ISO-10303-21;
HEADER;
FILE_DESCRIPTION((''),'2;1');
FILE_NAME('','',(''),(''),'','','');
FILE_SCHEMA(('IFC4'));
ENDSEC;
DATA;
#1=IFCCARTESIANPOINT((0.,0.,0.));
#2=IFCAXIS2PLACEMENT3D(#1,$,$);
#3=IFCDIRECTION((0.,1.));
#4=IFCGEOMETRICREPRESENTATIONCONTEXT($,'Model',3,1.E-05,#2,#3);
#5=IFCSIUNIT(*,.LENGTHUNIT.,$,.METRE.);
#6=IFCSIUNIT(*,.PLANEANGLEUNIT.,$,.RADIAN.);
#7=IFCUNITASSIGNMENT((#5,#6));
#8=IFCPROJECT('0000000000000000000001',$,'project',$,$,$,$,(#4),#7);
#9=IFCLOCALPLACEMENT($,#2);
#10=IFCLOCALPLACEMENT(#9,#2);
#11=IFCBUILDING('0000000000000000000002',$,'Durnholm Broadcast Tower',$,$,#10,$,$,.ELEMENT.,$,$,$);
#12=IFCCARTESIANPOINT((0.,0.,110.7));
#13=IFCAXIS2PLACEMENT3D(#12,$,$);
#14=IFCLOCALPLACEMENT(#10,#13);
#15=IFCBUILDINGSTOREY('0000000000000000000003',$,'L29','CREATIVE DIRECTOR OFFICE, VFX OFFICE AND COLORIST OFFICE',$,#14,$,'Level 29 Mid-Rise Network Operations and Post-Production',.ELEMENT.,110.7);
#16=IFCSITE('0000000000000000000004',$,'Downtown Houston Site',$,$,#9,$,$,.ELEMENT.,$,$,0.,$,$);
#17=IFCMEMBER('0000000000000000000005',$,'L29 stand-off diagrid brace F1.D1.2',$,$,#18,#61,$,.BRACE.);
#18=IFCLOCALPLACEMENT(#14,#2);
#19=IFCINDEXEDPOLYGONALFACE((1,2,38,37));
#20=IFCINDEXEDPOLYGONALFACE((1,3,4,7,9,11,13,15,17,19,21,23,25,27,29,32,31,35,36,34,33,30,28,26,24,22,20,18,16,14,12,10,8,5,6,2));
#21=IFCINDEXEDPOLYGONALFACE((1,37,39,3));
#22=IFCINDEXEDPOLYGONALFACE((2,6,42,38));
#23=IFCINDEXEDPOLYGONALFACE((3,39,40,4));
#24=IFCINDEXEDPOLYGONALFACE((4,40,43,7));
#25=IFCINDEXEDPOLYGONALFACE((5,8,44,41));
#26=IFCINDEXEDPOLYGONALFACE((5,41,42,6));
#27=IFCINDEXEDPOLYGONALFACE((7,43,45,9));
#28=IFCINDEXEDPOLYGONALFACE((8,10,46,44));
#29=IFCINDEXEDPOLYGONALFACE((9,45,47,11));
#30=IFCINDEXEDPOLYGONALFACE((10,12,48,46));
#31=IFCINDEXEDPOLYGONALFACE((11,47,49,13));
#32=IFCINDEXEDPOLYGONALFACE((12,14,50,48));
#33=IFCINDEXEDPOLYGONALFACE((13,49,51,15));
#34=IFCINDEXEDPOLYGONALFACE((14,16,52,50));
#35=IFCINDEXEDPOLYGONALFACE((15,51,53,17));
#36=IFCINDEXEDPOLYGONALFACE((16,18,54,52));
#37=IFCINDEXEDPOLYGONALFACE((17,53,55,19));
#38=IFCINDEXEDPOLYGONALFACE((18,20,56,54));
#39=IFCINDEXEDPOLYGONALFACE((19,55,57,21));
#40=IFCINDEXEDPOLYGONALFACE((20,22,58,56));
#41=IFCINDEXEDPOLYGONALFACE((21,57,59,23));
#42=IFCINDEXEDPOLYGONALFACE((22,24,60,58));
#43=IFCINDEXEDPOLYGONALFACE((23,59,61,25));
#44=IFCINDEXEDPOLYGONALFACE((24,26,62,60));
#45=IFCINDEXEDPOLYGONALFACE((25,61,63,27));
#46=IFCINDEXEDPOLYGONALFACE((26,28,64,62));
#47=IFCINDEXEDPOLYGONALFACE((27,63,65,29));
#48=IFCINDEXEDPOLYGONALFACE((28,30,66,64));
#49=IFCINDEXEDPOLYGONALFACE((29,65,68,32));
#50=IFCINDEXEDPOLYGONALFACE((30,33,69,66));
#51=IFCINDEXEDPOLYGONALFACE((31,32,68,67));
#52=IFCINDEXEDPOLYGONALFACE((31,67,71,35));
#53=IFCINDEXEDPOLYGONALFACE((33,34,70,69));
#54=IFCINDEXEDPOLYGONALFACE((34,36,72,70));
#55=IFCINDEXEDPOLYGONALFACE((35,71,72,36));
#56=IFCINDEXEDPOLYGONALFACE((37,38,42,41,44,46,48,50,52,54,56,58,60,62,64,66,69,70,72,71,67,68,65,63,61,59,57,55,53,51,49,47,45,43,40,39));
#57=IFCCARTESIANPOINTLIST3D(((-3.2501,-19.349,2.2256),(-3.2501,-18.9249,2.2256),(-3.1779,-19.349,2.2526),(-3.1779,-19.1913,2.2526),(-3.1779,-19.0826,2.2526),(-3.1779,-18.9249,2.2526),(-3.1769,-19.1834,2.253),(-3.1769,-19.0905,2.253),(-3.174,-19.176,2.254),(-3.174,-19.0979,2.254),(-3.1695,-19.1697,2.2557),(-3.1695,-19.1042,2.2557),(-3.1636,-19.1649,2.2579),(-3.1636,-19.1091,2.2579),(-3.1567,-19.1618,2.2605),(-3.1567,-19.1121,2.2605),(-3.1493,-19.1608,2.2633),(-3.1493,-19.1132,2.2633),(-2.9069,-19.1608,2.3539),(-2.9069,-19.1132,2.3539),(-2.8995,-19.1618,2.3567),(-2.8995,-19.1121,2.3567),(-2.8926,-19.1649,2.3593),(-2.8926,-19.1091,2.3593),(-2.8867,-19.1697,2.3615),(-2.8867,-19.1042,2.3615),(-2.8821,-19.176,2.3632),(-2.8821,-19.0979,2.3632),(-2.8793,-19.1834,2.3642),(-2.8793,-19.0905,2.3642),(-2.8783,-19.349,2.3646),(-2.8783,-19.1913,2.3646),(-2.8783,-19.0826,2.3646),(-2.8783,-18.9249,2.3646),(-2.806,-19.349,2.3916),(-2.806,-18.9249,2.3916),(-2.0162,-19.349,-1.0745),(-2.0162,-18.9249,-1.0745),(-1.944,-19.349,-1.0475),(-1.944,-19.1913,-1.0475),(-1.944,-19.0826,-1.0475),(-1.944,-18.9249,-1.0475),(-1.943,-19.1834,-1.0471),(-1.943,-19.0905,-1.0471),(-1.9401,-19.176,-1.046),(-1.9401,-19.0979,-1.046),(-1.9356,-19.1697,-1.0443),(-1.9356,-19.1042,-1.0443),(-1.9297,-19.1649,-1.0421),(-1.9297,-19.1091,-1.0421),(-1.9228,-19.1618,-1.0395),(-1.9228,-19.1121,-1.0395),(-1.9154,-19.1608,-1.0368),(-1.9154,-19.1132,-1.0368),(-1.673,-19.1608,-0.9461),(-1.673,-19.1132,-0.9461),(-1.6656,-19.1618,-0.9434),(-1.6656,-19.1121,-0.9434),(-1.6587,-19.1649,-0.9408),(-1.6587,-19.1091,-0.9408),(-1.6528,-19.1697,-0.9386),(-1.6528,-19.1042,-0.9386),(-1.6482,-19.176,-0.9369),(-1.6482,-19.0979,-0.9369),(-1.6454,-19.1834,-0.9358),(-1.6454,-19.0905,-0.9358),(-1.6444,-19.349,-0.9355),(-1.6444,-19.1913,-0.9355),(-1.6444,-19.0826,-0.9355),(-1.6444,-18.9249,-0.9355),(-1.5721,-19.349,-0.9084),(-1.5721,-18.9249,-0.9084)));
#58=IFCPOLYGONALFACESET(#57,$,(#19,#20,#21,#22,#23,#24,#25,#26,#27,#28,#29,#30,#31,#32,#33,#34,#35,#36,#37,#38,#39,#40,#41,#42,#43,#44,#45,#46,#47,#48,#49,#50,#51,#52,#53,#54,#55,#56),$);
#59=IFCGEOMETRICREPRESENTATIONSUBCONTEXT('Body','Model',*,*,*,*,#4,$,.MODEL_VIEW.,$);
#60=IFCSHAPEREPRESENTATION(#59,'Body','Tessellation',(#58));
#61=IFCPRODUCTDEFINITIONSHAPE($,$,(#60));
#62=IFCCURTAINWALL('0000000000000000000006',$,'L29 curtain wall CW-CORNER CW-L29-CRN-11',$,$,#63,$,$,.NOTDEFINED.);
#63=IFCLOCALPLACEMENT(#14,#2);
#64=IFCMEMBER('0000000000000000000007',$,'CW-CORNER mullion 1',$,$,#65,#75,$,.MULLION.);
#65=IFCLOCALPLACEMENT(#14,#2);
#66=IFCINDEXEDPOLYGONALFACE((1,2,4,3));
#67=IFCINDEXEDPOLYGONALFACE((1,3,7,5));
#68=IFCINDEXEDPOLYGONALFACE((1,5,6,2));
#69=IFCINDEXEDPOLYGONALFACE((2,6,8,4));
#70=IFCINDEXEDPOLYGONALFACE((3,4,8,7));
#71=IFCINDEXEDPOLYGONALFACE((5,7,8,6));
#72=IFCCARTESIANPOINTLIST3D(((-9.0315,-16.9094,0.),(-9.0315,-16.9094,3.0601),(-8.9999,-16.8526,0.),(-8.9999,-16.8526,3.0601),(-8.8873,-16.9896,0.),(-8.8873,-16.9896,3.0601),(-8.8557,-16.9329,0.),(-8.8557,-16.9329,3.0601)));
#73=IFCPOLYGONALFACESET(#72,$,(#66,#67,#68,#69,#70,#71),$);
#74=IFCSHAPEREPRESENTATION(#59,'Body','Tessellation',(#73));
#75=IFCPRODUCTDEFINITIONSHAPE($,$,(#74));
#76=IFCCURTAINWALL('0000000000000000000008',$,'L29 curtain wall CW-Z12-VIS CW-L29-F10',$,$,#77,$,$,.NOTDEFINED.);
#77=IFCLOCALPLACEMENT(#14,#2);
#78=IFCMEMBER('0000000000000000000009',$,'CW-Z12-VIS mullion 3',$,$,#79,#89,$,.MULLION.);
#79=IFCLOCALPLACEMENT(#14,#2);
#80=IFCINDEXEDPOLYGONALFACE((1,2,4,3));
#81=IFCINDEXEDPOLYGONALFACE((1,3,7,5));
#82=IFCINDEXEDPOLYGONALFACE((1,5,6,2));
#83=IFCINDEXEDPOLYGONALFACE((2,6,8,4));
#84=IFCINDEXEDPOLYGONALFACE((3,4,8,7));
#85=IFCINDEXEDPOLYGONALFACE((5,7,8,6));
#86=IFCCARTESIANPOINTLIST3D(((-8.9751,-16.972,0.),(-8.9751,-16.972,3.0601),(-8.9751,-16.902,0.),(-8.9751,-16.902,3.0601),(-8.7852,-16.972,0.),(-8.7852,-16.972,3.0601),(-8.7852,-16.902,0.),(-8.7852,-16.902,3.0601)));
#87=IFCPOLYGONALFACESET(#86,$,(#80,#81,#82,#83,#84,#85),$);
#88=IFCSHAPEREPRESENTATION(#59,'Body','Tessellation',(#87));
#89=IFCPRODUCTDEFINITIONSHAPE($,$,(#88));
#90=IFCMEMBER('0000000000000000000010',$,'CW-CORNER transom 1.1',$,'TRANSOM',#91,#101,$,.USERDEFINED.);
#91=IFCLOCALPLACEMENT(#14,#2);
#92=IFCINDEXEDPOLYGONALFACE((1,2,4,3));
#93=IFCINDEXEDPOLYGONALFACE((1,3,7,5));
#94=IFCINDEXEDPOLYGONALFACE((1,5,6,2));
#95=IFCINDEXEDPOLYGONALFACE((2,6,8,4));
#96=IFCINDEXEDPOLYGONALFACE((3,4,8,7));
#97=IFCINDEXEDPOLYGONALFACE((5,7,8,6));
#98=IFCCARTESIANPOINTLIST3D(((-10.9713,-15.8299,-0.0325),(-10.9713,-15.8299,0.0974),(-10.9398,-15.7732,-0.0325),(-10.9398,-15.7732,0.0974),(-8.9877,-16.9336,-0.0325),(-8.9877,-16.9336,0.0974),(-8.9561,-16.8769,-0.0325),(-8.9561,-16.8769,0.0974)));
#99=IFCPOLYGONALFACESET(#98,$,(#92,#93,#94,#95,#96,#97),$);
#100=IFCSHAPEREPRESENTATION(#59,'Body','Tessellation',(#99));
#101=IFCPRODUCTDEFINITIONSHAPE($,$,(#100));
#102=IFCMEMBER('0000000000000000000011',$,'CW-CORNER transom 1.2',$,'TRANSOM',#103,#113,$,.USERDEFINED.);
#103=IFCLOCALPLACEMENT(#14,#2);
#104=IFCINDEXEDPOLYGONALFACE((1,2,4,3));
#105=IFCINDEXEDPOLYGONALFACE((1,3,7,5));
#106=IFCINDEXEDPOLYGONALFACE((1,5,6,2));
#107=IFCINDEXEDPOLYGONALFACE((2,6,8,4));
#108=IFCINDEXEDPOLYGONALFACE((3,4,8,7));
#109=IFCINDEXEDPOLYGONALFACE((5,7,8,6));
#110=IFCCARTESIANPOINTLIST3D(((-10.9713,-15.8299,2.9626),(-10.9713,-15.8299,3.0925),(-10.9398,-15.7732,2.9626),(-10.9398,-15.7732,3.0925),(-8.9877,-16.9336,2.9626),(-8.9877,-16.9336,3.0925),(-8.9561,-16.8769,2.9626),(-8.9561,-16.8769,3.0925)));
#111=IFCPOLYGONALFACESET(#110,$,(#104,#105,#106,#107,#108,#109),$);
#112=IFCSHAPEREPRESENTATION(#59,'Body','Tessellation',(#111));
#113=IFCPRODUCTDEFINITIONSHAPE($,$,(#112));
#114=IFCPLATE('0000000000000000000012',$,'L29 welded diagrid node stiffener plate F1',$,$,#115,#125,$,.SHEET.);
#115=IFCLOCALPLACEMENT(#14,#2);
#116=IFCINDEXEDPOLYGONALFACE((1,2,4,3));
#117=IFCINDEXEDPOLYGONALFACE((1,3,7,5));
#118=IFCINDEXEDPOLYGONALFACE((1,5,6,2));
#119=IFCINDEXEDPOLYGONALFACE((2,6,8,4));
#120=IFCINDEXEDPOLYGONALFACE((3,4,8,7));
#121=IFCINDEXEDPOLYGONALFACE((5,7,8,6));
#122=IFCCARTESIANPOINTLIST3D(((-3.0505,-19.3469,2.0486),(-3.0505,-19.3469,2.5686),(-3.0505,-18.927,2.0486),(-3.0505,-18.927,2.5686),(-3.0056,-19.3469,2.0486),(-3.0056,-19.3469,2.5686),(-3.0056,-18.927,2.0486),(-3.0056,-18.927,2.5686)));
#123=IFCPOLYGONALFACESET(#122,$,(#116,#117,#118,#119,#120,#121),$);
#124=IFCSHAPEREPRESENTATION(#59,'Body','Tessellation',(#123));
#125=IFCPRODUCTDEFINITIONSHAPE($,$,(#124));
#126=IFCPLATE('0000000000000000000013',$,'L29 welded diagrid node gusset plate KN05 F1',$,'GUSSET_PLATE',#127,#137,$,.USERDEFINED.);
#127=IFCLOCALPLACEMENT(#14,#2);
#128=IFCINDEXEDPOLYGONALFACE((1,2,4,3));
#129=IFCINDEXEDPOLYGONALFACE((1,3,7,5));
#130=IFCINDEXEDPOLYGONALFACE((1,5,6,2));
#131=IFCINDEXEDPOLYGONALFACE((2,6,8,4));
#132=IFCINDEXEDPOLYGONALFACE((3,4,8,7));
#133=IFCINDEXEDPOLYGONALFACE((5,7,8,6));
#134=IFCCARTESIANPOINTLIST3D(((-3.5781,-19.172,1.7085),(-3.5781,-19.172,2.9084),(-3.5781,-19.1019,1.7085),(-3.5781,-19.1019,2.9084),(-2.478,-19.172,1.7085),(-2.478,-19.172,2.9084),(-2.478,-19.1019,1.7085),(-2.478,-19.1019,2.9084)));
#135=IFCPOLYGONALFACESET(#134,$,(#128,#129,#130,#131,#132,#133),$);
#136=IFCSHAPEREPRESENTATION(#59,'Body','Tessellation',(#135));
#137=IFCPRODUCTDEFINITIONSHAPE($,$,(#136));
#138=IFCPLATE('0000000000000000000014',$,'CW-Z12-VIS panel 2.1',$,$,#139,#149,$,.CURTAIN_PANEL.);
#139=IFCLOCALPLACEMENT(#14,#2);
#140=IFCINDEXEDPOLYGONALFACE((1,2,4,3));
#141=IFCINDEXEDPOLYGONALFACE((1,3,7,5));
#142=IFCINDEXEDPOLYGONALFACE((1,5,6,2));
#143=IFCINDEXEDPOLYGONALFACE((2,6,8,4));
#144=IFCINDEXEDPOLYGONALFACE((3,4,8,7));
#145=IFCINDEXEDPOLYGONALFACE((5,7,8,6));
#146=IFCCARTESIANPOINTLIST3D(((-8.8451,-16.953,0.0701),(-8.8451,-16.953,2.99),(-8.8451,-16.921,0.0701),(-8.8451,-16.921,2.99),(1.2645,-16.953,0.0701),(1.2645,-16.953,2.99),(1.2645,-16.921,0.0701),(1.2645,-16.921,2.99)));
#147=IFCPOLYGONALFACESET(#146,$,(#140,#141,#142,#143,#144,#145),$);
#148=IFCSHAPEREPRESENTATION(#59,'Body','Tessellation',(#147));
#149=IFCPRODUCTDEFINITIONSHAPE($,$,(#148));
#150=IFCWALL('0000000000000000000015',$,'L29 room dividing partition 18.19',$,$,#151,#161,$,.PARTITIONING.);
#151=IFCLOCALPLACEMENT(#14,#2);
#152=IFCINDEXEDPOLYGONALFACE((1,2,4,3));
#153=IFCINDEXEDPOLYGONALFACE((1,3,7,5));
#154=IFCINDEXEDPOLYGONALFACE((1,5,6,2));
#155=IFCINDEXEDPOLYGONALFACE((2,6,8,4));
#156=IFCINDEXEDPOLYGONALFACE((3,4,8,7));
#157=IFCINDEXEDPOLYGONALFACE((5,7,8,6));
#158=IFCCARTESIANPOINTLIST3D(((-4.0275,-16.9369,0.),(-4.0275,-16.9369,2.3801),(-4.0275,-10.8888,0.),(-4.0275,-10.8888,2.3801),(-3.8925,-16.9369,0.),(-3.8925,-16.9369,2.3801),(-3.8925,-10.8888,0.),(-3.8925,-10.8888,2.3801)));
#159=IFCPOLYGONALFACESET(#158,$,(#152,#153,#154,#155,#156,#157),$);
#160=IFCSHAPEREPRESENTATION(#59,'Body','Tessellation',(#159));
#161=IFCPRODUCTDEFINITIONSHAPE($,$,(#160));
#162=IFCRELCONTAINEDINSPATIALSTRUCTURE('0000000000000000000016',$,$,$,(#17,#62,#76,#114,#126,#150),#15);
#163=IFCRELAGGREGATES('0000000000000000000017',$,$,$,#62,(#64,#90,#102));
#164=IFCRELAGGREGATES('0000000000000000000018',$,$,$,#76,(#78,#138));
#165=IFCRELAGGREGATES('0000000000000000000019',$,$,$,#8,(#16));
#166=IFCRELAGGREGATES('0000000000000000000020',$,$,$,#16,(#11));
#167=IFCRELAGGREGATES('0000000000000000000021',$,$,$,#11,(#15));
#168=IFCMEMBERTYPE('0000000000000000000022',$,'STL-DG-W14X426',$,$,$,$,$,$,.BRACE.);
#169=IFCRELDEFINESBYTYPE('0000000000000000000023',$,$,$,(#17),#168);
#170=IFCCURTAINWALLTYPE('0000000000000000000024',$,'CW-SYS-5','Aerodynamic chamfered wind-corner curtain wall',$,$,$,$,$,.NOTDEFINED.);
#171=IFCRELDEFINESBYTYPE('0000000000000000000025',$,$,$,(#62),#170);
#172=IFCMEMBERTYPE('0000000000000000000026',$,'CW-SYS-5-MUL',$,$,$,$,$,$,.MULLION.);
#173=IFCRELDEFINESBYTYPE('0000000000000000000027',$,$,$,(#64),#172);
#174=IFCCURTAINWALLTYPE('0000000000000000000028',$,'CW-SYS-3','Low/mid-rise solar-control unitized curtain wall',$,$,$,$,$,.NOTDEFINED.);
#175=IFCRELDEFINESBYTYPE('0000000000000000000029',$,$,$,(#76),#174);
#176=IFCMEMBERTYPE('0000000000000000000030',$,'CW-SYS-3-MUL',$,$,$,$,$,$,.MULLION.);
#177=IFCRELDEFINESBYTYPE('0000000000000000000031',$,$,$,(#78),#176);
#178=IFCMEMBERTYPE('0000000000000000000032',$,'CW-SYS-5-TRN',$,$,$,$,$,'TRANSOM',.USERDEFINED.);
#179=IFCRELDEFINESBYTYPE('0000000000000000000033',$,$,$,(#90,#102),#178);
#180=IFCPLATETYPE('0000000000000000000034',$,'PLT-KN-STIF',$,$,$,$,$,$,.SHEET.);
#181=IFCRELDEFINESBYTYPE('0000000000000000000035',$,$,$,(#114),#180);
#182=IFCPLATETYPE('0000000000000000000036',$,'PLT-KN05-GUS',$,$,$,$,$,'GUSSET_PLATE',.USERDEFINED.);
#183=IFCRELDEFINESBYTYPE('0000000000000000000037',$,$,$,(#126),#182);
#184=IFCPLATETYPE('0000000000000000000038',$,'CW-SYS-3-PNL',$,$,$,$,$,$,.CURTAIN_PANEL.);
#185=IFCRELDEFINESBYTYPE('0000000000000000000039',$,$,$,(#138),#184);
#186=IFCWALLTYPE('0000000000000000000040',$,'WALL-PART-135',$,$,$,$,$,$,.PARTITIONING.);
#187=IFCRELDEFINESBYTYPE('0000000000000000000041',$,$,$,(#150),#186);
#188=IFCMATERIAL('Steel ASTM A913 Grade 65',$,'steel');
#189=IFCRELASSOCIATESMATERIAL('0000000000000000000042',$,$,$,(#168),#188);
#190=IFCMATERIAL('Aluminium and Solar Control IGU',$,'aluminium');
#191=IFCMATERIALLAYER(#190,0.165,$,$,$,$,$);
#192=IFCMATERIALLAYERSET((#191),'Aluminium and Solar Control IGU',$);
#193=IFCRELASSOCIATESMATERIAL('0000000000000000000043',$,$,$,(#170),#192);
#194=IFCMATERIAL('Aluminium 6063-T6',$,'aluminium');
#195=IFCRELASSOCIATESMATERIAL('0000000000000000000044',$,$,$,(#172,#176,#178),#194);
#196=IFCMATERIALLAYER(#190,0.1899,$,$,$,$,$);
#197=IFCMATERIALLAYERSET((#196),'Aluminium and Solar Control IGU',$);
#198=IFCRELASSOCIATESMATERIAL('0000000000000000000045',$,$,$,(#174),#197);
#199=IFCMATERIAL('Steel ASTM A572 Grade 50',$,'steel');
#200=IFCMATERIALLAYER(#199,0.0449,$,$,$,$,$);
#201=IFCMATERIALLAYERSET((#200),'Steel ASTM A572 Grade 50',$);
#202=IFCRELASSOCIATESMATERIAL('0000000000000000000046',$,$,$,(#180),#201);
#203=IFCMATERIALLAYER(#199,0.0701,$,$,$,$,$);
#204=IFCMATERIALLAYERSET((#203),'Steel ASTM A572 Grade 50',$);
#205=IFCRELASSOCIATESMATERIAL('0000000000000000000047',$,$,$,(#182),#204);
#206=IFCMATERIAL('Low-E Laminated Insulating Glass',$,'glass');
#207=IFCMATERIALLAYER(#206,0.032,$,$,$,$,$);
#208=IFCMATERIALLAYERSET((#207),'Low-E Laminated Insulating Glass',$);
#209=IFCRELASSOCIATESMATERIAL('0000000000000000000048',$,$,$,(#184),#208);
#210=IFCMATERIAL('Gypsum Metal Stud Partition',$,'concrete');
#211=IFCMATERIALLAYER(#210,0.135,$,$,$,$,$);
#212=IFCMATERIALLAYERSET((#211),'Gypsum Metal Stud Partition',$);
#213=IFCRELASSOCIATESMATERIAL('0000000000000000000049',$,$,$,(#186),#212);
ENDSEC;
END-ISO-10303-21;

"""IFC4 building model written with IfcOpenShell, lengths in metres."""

from ifc_helpers import new_model, si_unit, direction, frame, frame_2d, origin, origin_2d, place, context, subcontext, project, spatial, rectangle, i_section, extrude, source, transform, mapped, material, layer, layer_set, material_profile, profile_set, type_object, type_shapes, element, aggregate, save


model = new_model("IFC4")

# Units and contexts
model_context = context("Model", 3, precision=1e-05, world=origin(), true_north=direction((0.0, 1.0)))
body_context = subcontext(model_context, "Body", "Model", "MODEL_VIEW")
ifc_project = project(units=[si_unit("LENGTHUNIT", "METRE"), si_unit("PLANEANGLEUNIT", "RADIAN")], contexts=[model_context])

# Site, building, storey
site_placement = place(None, origin())
site = spatial("IfcSite", under=ifc_project, at=site_placement, Name="Downtown Houston Site", CompositionType="ELEMENT", RefElevation=0.0)
building_placement = place(site_placement, origin())
building = spatial("IfcBuilding", under=site, at=building_placement, Name="Durnholm Broadcast Tower", CompositionType="ELEMENT")
storey_placement = place(building_placement, frame((0.0, 0.0, 110.7)))
storey = spatial("IfcBuildingStorey", under=building, at=storey_placement, Name="L29", Description="CREATIVE DIRECTOR OFFICE, VFX OFFICE AND COLORIST OFFICE", LongName="Level 29 Mid-Rise Network Operations and Post-Production", CompositionType="ELEMENT", Elevation=110.7)

# Member
ifc_material_1 = material(Name="Steel ASTM A913 Grade 65", Category="steel")
ifc_material_profile_1 = material_profile(ifc_material_1, i_section(OverallWidth=0.4241, OverallDepth=0.4741, WebThickness=0.0476, FlangeThickness=0.0771, FilletRadius=0.0305, at=origin_2d()), Name="W14X426")
ifc_profile_set_1 = profile_set([ifc_material_profile_1], Name="Steel ASTM A913 Grade 65")
member_type_1 = type_object("IfcMemberType", Name="STL-DG-W14X426", PredefinedType="BRACE", material=ifc_profile_set_1)
shared_shape_1 = source(origin(), body_context, "Body", "SweptSolid", [
    extrude(i_section(OverallWidth=0.4241, OverallDepth=0.4741, WebThickness=0.0476, FlangeThickness=0.0771, FilletRadius=0.0305, at=origin_2d()), origin(), (0.0, 0.0, 1.0), 3.5232),
])
type_shapes(member_type_1, [shared_shape_1])
for number, where, z_axis, x_axis, name in (
    (1, (-1.7942, -19.137, -0.9915), (-0.35022, 0.0, 0.936668), (0.0, -1.0, 0.0), "L29 stand-off diagrid brace F1.D1.2"),
):
    element("IfcMember", number, at=place(storey_placement, frame(where, z_axis=z_axis, x_axis=x_axis)), inside=storey, type_object=member_type_1, Name=name, PredefinedType="BRACE", context=body_context, shape_type="MappedRepresentation", body=[
        mapped(shared_shape_1, transform((0.0, 0.0, 0.0), x_axis=(1.0, 0.0, 0.0), y_axis=(0.0, 1.0, 0.0), z_axis=(0.0, 0.0, 1.0), scale=1.0)),
    ])

# Curtain walls, members
ifc_material_2 = material(Name="Aluminium and Solar Control IGU", Category="aluminium")
ifc_layer_1 = layer(ifc_material_2, 0.165)
ifc_layer_set_1 = layer_set([ifc_layer_1], Name="Aluminium and Solar Control IGU")
curtain_wall_type_1 = type_object("IfcCurtainWallType", Name="CW-SYS-5", Description="Aerodynamic chamfered wind-corner curtain wall", PredefinedType="NOTDEFINED", material=ifc_layer_set_1)
curtain_wall_1_placement = place(storey_placement, origin())
curtain_wall_1 = element("IfcCurtainWall", 2, at=curtain_wall_1_placement, inside=storey, type_object=curtain_wall_type_1, Name="L29 curtain wall CW-CORNER CW-L29-CRN-11", PredefinedType="NOTDEFINED")
ifc_material_3 = material(Name="Aluminium 6063-T6", Category="aluminium")
ifc_material_profile_2 = material_profile(ifc_material_3, rectangle(XDim=0.0649, YDim=0.165, at=origin_2d()), Name="CWM65X165")
ifc_profile_set_2 = profile_set([ifc_material_profile_2], Name="Aluminium 6063-T6")
member_type_2 = type_object("IfcMemberType", Name="CW-SYS-5-MUL", PredefinedType="MULLION", material=ifc_profile_set_2)
shared_shape_2 = source(origin(), body_context, "Body", "SweptSolid", [
    extrude(rectangle(XDim=0.0649, YDim=0.165, at=origin_2d()), origin(), (0.0, 0.0, 1.0), 3.0601),
])
type_shapes(member_type_2, [shared_shape_2])
member_1_placement = place(storey_placement, frame((-8.9436, -16.9211, 0.0), z_axis=(0.0, 0.0, 1.0), x_axis=(-0.486244, -0.873823, 0.0)))
member_1 = element("IfcMember", 3, at=member_1_placement, type_object=member_type_2, Name="CW-CORNER mullion 1", PredefinedType="MULLION", context=body_context, shape_type="MappedRepresentation", body=[
    mapped(shared_shape_2, transform((0.0, 0.0, 0.0), x_axis=(1.0, 0.0, 0.0), y_axis=(0.0, 1.0, 0.0), z_axis=(0.0, 0.0, 1.0), scale=1.0)),
])
ifc_layer_2 = layer(ifc_material_2, 0.1899)
ifc_layer_set_2 = layer_set([ifc_layer_2], Name="Aluminium and Solar Control IGU")
curtain_wall_type_2 = type_object("IfcCurtainWallType", Name="CW-SYS-3", Description="Low/mid-rise solar-control unitized curtain wall", PredefinedType="NOTDEFINED", material=ifc_layer_set_2)
curtain_wall_2_placement = place(storey_placement, origin())
curtain_wall_2 = element("IfcCurtainWall", 4, at=curtain_wall_2_placement, inside=storey, type_object=curtain_wall_type_2, Name="L29 curtain wall CW-Z12-VIS CW-L29-F10", PredefinedType="NOTDEFINED")
ifc_material_profile_3 = material_profile(ifc_material_3, rectangle(XDim=0.0701, YDim=0.1899, at=origin_2d()), Name="CWM70X190")
ifc_profile_set_3 = profile_set([ifc_material_profile_3], Name="Aluminium 6063-T6")
member_type_3 = type_object("IfcMemberType", Name="CW-SYS-3-MUL", PredefinedType="MULLION", material=ifc_profile_set_3)
shared_shape_3 = source(origin(), body_context, "Body", "SweptSolid", [
    extrude(rectangle(XDim=0.0701, YDim=0.1899, at=origin_2d()), origin(), (0.0, 0.0, 1.0), 3.0601),
])
type_shapes(member_type_3, [shared_shape_3])
member_2_placement = place(storey_placement, frame((-8.8801, -16.937, 0.0), z_axis=(0.0, 0.0, 1.0), x_axis=(0.0, -1.0, 0.0)))
member_2 = element("IfcMember", 5, at=member_2_placement, type_object=member_type_3, Name="CW-Z12-VIS mullion 3", PredefinedType="MULLION", context=body_context, shape_type="MappedRepresentation", body=[
    mapped(shared_shape_3, transform((0.0, 0.0, 0.0), x_axis=(1.0, 0.0, 0.0), y_axis=(0.0, 1.0, 0.0), z_axis=(0.0, 0.0, 1.0), scale=1.0)),
])

# Members
ifc_material_profile_4 = material_profile(ifc_material_3, rectangle(XDim=0.0649, YDim=0.1299, at=origin_2d()), Name="CWT65X130")
ifc_profile_set_4 = profile_set([ifc_material_profile_4], Name="Aluminium 6063-T6")
member_type_4 = type_object("IfcMemberType", Name="CW-SYS-5-TRN", ElementType="TRANSOM", PredefinedType="USERDEFINED", material=ifc_profile_set_4)
shared_shape_4 = source(origin(), body_context, "Body", "SweptSolid", [
    extrude(rectangle(XDim=0.0649, YDim=0.1299, at=origin_2d()), origin(), (0.0, 0.0, 1.0), 2.27),
])
type_shapes(member_type_4, [shared_shape_4])
member_3_placement = place(storey_placement, frame((-8.9719, -16.9053, 0.0325), z_axis=(-0.873832, 0.486227, 0.0), x_axis=(-0.486227, -0.873832, 0.0)))
member_3 = element("IfcMember", 6, at=member_3_placement, type_object=member_type_4, Name="CW-CORNER transom 1.1", ObjectType="TRANSOM", PredefinedType="USERDEFINED", context=body_context, shape_type="MappedRepresentation", body=[
    mapped(shared_shape_4, transform((0.0, 0.0, 0.0), x_axis=(1.0, 0.0, 0.0), y_axis=(0.0, 1.0, 0.0), z_axis=(0.0, 0.0, 1.0), scale=1.0)),
])
member_4_placement = place(storey_placement, frame((-8.9719, -16.9053, 3.0276), z_axis=(-0.873832, 0.486227, 0.0), x_axis=(-0.486227, -0.873832, 0.0)))
member_4 = element("IfcMember", 7, at=member_4_placement, type_object=member_type_4, Name="CW-CORNER transom 1.2", ObjectType="TRANSOM", PredefinedType="USERDEFINED", context=body_context, shape_type="MappedRepresentation", body=[
    mapped(shared_shape_4, transform((0.0, 0.0, 0.0), x_axis=(1.0, 0.0, 0.0), y_axis=(0.0, 1.0, 0.0), z_axis=(0.0, 0.0, 1.0), scale=1.0)),
])
aggregate(curtain_wall_1, [member_1, member_3, member_4])

# Plates
ifc_material_4 = material(Name="Steel ASTM A572 Grade 50", Category="steel")
ifc_layer_3 = layer(ifc_material_4, 0.0449)
ifc_layer_set_3 = layer_set([ifc_layer_3], Name="Steel ASTM A572 Grade 50")
plate_type_1 = type_object("IfcPlateType", Name="PLT-KN-STIF", PredefinedType="SHEET", material=ifc_layer_set_3)
shared_shape_5 = source(origin(), body_context, "Body", "SweptSolid", [
    extrude(rectangle(XDim=0.0449, YDim=0.4199, at=origin_2d()), origin(), (0.0, 0.0, 1.0), 0.52),
])
type_shapes(plate_type_1, [shared_shape_5])
plate_1_placement = place(storey_placement, frame((-3.0281, -19.137, 2.0486), z_axis=(0.0, 0.0, 1.0), x_axis=(1.0, 0.0, 0.0)))
element("IfcPlate", 8, at=plate_1_placement, inside=storey, type_object=plate_type_1, Name="L29 welded diagrid node stiffener plate F1", PredefinedType="SHEET", context=body_context, shape_type="MappedRepresentation", body=[
    mapped(shared_shape_5, transform((0.0, 0.0, 0.0), x_axis=(1.0, 0.0, 0.0), y_axis=(0.0, 1.0, 0.0), z_axis=(0.0, 0.0, 1.0), scale=1.0)),
])
ifc_layer_4 = layer(ifc_material_4, 0.0701)
ifc_layer_set_4 = layer_set([ifc_layer_4], Name="Steel ASTM A572 Grade 50")
plate_type_2 = type_object("IfcPlateType", Name="PLT-KN05-GUS", ElementType="GUSSET_PLATE", PredefinedType="USERDEFINED", material=ifc_layer_set_4)
shared_shape_6 = source(origin(), body_context, "Body", "SweptSolid", [
    extrude(rectangle(XDim=1.1001, YDim=0.0701, at=origin_2d()), origin(), (0.0, 0.0, 1.0), 1.2),
])
type_shapes(plate_type_2, [shared_shape_6])
plate_2_placement = place(storey_placement, frame((-3.0281, -19.137, 1.7085), z_axis=(0.0, 0.0, 1.0), x_axis=(1.0, 0.0, 0.0)))
element("IfcPlate", 9, at=plate_2_placement, inside=storey, type_object=plate_type_2, Name="L29 welded diagrid node gusset plate KN05 F1", ObjectType="GUSSET_PLATE", PredefinedType="USERDEFINED", context=body_context, shape_type="MappedRepresentation", body=[
    mapped(shared_shape_6, transform((0.0, 0.0, 0.0), x_axis=(1.0, 0.0, 0.0), y_axis=(0.0, 1.0, 0.0), z_axis=(0.0, 0.0, 1.0), scale=1.0)),
])

# Plate
ifc_material_5 = material(Name="Low-E Laminated Insulating Glass", Category="glass")
ifc_layer_5 = layer(ifc_material_5, 0.032)
ifc_layer_set_5 = layer_set([ifc_layer_5], Name="Low-E Laminated Insulating Glass")
plate_type_3 = type_object("IfcPlateType", Name="CW-SYS-3-PNL", PredefinedType="CURTAIN_PANEL", material=ifc_layer_set_5)
shared_shape_7 = source(origin(), body_context, "Body", "SweptSolid", [
    extrude(rectangle(XDim=10.1096, YDim=0.032, at=origin_2d()), origin(), (0.0, 0.0, 1.0), 2.9199),
])
type_shapes(plate_type_3, [shared_shape_7])
plate_3_placement = place(storey_placement, frame((-3.7903, -16.937, 0.0701), z_axis=(0.0, 0.0, 1.0), x_axis=(-1.0, 0.0, 0.0)))
plate_3 = element("IfcPlate", 10, at=plate_3_placement, type_object=plate_type_3, Name="CW-Z12-VIS panel 2.1", PredefinedType="CURTAIN_PANEL", context=body_context, shape_type="MappedRepresentation", body=[
    mapped(shared_shape_7, transform((0.0, 0.0, 0.0), x_axis=(1.0, 0.0, 0.0), y_axis=(0.0, 1.0, 0.0), z_axis=(0.0, 0.0, 1.0), scale=1.0)),
])
aggregate(curtain_wall_2, [member_2, plate_3])

# Wall
ifc_material_6 = material(Name="Gypsum Metal Stud Partition", Category="concrete")
ifc_layer_6 = layer(ifc_material_6, 0.135)
ifc_layer_set_6 = layer_set([ifc_layer_6], Name="Gypsum Metal Stud Partition")
wall_type_1 = type_object("IfcWallType", Name="WALL-PART-135", PredefinedType="PARTITIONING", material=ifc_layer_set_6)
wall_1_placement = place(storey_placement, frame((-3.96, -10.8889, 0.0), z_axis=(0.0, 0.0, 1.0), x_axis=(0.0, -1.0, 0.0)))
element("IfcWall", 11, at=wall_1_placement, inside=storey, type_object=wall_type_1, Name="L29 room dividing partition 18.19", PredefinedType="PARTITIONING", context=body_context, shape_type="SweptSolid", body=[
    extrude(rectangle(XDim=6.0481, YDim=0.135, at=frame_2d((3.0239, 0.0))), origin(), (0.0, 0.0, 1.0), 2.3801),
])

save(model, "model.ifc")
